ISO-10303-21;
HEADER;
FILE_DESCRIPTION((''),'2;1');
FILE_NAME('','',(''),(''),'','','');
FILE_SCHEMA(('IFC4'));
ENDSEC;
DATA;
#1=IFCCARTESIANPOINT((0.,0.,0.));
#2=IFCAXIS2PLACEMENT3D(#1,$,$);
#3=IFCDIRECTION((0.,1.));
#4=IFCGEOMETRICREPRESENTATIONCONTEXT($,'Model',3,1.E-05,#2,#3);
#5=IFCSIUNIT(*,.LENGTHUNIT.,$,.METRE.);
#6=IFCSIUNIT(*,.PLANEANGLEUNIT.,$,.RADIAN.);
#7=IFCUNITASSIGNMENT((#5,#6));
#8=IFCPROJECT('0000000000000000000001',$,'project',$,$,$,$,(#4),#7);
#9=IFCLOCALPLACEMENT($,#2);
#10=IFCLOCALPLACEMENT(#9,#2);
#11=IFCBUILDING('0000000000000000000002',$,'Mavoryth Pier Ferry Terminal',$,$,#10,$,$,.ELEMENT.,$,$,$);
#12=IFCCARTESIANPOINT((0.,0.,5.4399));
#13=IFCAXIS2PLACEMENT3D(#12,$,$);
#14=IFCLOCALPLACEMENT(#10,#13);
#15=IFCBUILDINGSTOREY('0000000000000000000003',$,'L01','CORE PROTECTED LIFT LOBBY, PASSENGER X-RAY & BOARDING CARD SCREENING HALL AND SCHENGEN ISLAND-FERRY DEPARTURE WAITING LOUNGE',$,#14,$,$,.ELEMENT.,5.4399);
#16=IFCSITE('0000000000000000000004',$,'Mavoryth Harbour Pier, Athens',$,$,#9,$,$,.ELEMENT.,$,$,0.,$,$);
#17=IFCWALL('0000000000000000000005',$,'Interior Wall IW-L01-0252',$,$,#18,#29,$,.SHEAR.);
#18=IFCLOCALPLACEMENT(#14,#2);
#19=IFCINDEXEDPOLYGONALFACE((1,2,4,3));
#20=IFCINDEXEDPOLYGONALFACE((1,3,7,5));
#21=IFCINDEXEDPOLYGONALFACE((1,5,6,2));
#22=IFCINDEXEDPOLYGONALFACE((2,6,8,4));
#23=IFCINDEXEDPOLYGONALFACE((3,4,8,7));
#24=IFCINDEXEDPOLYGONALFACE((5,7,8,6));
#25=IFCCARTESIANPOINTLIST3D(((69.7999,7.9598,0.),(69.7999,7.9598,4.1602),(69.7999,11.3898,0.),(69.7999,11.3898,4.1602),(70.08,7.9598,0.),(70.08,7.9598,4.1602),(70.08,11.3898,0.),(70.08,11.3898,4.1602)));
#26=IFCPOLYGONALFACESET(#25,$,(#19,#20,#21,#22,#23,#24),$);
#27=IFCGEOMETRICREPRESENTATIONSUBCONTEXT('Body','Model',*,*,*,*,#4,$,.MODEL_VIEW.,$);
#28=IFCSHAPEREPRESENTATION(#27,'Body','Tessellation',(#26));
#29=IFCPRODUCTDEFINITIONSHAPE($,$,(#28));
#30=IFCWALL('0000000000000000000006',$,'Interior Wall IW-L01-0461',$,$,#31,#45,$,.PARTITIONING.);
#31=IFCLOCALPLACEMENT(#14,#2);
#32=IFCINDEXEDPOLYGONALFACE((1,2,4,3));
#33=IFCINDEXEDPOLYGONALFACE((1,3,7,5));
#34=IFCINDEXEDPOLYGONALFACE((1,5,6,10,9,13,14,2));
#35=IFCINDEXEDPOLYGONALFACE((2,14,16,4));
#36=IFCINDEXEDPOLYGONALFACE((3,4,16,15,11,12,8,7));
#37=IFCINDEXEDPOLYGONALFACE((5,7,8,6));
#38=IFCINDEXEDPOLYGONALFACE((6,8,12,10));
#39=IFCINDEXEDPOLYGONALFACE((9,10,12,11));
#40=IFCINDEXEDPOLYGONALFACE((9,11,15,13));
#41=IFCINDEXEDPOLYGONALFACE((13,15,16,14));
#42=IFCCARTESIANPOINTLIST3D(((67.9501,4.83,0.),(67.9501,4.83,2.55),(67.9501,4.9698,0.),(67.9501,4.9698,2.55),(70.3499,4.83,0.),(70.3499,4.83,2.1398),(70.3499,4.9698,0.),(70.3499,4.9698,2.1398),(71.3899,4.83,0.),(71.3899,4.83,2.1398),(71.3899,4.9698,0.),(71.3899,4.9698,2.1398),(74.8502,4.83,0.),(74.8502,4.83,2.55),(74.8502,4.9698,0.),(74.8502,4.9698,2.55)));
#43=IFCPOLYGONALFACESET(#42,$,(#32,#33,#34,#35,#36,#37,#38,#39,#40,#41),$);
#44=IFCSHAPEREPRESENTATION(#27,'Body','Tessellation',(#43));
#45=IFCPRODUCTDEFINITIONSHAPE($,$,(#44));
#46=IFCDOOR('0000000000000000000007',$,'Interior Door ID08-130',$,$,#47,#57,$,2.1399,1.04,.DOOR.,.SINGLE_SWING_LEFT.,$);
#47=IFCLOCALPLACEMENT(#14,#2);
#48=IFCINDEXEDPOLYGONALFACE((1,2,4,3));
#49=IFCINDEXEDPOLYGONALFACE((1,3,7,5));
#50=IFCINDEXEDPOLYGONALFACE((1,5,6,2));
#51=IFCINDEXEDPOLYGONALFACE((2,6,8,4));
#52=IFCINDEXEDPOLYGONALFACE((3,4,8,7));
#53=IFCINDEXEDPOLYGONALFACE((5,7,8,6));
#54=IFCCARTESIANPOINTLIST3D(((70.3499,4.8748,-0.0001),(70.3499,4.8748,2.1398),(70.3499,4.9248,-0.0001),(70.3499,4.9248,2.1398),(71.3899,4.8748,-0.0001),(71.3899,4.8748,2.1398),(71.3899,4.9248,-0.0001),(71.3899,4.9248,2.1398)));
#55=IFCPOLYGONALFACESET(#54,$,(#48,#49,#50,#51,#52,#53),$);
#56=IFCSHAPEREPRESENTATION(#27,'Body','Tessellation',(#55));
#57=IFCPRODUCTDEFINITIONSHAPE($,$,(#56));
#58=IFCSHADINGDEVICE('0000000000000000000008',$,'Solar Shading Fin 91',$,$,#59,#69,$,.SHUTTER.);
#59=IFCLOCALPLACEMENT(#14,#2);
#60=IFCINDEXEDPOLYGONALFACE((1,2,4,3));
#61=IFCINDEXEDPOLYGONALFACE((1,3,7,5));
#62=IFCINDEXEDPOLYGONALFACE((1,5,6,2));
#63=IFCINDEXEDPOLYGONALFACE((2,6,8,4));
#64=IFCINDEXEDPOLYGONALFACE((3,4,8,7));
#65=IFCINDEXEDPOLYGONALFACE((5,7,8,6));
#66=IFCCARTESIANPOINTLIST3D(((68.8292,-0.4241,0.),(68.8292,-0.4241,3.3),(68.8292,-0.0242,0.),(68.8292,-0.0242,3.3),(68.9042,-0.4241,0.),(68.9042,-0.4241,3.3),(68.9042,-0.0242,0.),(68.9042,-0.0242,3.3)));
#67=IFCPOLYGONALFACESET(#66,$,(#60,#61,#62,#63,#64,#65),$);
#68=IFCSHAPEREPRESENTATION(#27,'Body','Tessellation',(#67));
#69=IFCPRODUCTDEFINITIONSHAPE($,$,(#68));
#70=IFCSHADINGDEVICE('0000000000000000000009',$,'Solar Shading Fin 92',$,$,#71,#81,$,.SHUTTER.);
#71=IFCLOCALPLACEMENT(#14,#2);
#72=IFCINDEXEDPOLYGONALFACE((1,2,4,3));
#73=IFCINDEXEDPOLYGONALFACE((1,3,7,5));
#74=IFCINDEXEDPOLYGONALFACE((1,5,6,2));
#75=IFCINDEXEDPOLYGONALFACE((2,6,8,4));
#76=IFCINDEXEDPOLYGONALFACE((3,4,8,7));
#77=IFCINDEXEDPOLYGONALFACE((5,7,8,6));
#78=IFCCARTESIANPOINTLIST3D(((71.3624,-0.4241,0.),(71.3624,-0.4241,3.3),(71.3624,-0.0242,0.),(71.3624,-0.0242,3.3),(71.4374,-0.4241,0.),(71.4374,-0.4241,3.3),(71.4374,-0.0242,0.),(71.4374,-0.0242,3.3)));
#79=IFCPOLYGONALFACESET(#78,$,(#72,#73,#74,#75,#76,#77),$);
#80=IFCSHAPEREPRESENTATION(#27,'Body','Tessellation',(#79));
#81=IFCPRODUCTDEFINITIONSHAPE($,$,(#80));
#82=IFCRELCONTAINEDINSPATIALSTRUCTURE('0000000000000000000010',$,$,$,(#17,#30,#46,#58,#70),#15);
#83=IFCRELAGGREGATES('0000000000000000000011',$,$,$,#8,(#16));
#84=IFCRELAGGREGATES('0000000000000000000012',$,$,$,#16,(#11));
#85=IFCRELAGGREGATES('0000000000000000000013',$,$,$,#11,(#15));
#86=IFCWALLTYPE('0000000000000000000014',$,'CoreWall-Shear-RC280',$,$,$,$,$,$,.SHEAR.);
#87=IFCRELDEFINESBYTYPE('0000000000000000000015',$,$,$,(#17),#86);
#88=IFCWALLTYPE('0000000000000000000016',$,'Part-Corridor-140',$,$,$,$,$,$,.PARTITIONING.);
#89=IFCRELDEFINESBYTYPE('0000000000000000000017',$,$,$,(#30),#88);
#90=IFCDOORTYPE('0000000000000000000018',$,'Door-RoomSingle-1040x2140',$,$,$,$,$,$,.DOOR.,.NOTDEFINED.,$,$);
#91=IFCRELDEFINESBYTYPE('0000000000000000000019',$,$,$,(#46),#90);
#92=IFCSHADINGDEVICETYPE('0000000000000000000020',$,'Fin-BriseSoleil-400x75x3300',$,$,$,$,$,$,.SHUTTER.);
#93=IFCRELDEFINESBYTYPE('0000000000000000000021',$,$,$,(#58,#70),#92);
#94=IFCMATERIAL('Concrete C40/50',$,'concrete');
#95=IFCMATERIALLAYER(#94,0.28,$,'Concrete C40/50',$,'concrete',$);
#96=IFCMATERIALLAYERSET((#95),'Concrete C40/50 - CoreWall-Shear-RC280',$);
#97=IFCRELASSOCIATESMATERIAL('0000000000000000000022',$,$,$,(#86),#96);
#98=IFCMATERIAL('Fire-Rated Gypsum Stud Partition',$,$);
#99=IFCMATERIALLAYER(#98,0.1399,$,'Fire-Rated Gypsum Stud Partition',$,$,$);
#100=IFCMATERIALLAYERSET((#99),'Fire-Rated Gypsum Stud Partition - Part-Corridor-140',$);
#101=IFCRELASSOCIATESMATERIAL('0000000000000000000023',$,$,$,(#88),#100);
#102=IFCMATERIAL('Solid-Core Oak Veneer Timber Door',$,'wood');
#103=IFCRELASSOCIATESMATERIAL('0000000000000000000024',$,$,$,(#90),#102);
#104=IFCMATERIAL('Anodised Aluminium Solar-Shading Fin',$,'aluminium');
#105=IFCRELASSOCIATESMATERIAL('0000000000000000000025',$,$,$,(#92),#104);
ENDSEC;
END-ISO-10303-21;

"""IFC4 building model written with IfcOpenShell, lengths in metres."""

from ifc_helpers import new_model, si_unit, direction, frame, frame_2d, origin, origin_2d, place, context, subcontext, project, spatial, rectangle, extrude, material, layer, layer_set, type_object, element, fill, save


model = new_model("IFC4")

# Units and contexts
model_context = context("Model", 3, precision=1e-05, world=origin(), true_north=direction((0.0, 1.0)))
body_context = subcontext(model_context, "Body", "Model", "MODEL_VIEW")
ifc_project = project(units=[si_unit("LENGTHUNIT", "METRE"), si_unit("PLANEANGLEUNIT", "RADIAN")], contexts=[model_context])

# Site, building, storey
site_placement = place(None, origin())
site = spatial("IfcSite", under=ifc_project, at=site_placement, Name="Mavoryth Harbour Pier, Athens", CompositionType="ELEMENT", RefElevation=0.0)
building_placement = place(site_placement, origin())
building = spatial("IfcBuilding", under=site, at=building_placement, Name="Mavoryth Pier Ferry Terminal", CompositionType="ELEMENT")
storey_placement = place(building_placement, frame((0.0, 0.0, 5.4399)))
storey = spatial("IfcBuildingStorey", under=building, at=storey_placement, Name="L01", Description="CORE PROTECTED LIFT LOBBY, PASSENGER X-RAY & BOARDING CARD SCREENING HALL AND SCHENGEN ISLAND-FERRY DEPARTURE WAITING LOUNGE", CompositionType="ELEMENT", Elevation=5.4399)

# Shared definitions
ifc_material_1 = material(Name="Concrete C40/50", Category="concrete")

# Wall
ifc_layer_1 = layer(ifc_material_1, 0.28, Name="Concrete C40/50", Category="concrete")
ifc_layer_set_1 = layer_set([ifc_layer_1], Name="Concrete C40/50 - CoreWall-Shear-RC280")
wall_type_1 = type_object("IfcWallType", Name="CoreWall-Shear-RC280", PredefinedType="SHEAR", material=ifc_layer_set_1)
wall_1_placement = place(storey_placement, frame((69.9399, 7.96, 0.0), z_axis=(0.0, 0.0, 1.0), x_axis=(0.0, 1.0, 0.0)))
element("IfcWall", 1, at=wall_1_placement, inside=storey, type_object=wall_type_1, Name="Interior Wall IW-L01-0252", PredefinedType="SHEAR", context=body_context, shape_type="SweptSolid", body=[
    extrude(rectangle(XDim=3.4299, YDim=0.28, at=frame_2d((1.7148, 0.0))), origin(), (0.0, 0.0, 1.0), 4.1602),
])

# Wall, opening, door
ifc_material_2 = material(Name="Fire-Rated Gypsum Stud Partition")
ifc_layer_2 = layer(ifc_material_2, 0.1399, Name="Fire-Rated Gypsum Stud Partition")
ifc_layer_set_2 = layer_set([ifc_layer_2], Name="Fire-Rated Gypsum Stud Partition - Part-Corridor-140")
wall_type_2 = type_object("IfcWallType", Name="Part-Corridor-140", PredefinedType="PARTITIONING", material=ifc_layer_set_2)
wall_2_placement = place(storey_placement, frame((67.95, 4.8999, 0.0), z_axis=(0.0, 0.0, 1.0), x_axis=(1.0, 0.0, 0.0)))
wall_2 = element("IfcWall", 2, at=wall_2_placement, inside=storey, type_object=wall_type_2, Name="Interior Wall IW-L01-0461", PredefinedType="PARTITIONING", context=body_context, shape_type="SweptSolid", body=[
    extrude(rectangle(XDim=6.9001, YDim=0.1399, at=frame_2d((3.4502, 0.0))), origin(), (0.0, 0.0, 1.0), 2.55),
])
opening_placement = place(wall_2_placement, frame((2.3999, 0.0, 0.0)))
opening = element("IfcOpeningElement", 3, at=opening_placement, cuts=wall_2, PredefinedType="OPENING", context=body_context, shape_type="SweptSolid", body=[
    extrude(rectangle(XDim=1.04, YDim=2.1399, at=frame_2d((0.52, 1.0698))), frame((0.0, 0.0798, 0.0), z_axis=(0.0, -1.0, 0.0), x_axis=(1.0, 0.0, 0.0)), (0.0, 0.0, 1.0), 0.1599),
])
ifc_material_3 = material(Name="Solid-Core Oak Veneer Timber Door", Category="wood")
door_type = type_object("IfcDoorType", Name="Door-RoomSingle-1040x2140", OperationType="NOTDEFINED", PredefinedType="DOOR", material=ifc_material_3)
door_placement = place(opening_placement, origin())
door = element("IfcDoor", 4, at=door_placement, inside=storey, type_object=door_type, Name="Interior Door ID08-130", OperationType="SINGLE_SWING_LEFT", OverallHeight=2.1399, OverallWidth=1.04, PredefinedType="DOOR", context=body_context, shape_type="SweptSolid", body=[
    extrude(rectangle(XDim=1.04, YDim=2.1399, at=frame_2d((0.52, 1.0698))), frame((0.0, 0.0249, 0.0), z_axis=(0.0, -1.0, 0.0), x_axis=(1.0, 0.0, 0.0)), (0.0, 0.0, 1.0), 0.05),
])
fill(opening, door)

# Shading devices
ifc_material_4 = material(Name="Anodised Aluminium Solar-Shading Fin", Category="aluminium")
shading_device_type = type_object("IfcShadingDeviceType", Name="Fin-BriseSoleil-400x75x3300", PredefinedType="SHUTTER", material=ifc_material_4)
for number, where, z_axis, x_axis, name in (
    (5, (68.8667, -0.2241, 0.0), (0.0, 0.0, 1.0), (1.0, 0.0, 0.0), "Solar Shading Fin 91"),
    (6, (71.3999, -0.2241, 0.0), (0.0, 0.0, 1.0), (1.0, 0.0, 0.0), "Solar Shading Fin 92"),
):
    element("IfcShadingDevice", number, at=place(storey_placement, frame(where, z_axis=z_axis, x_axis=x_axis)), inside=storey, type_object=shading_device_type, Name=name, PredefinedType="SHUTTER", context=body_context, shape_type="SweptSolid", body=[
        extrude(rectangle(XDim=0.075, YDim=0.3999, at=origin_2d()), origin(), (0.0, 0.0, 1.0), 3.3),
    ])

save(model, "model.ifc")
